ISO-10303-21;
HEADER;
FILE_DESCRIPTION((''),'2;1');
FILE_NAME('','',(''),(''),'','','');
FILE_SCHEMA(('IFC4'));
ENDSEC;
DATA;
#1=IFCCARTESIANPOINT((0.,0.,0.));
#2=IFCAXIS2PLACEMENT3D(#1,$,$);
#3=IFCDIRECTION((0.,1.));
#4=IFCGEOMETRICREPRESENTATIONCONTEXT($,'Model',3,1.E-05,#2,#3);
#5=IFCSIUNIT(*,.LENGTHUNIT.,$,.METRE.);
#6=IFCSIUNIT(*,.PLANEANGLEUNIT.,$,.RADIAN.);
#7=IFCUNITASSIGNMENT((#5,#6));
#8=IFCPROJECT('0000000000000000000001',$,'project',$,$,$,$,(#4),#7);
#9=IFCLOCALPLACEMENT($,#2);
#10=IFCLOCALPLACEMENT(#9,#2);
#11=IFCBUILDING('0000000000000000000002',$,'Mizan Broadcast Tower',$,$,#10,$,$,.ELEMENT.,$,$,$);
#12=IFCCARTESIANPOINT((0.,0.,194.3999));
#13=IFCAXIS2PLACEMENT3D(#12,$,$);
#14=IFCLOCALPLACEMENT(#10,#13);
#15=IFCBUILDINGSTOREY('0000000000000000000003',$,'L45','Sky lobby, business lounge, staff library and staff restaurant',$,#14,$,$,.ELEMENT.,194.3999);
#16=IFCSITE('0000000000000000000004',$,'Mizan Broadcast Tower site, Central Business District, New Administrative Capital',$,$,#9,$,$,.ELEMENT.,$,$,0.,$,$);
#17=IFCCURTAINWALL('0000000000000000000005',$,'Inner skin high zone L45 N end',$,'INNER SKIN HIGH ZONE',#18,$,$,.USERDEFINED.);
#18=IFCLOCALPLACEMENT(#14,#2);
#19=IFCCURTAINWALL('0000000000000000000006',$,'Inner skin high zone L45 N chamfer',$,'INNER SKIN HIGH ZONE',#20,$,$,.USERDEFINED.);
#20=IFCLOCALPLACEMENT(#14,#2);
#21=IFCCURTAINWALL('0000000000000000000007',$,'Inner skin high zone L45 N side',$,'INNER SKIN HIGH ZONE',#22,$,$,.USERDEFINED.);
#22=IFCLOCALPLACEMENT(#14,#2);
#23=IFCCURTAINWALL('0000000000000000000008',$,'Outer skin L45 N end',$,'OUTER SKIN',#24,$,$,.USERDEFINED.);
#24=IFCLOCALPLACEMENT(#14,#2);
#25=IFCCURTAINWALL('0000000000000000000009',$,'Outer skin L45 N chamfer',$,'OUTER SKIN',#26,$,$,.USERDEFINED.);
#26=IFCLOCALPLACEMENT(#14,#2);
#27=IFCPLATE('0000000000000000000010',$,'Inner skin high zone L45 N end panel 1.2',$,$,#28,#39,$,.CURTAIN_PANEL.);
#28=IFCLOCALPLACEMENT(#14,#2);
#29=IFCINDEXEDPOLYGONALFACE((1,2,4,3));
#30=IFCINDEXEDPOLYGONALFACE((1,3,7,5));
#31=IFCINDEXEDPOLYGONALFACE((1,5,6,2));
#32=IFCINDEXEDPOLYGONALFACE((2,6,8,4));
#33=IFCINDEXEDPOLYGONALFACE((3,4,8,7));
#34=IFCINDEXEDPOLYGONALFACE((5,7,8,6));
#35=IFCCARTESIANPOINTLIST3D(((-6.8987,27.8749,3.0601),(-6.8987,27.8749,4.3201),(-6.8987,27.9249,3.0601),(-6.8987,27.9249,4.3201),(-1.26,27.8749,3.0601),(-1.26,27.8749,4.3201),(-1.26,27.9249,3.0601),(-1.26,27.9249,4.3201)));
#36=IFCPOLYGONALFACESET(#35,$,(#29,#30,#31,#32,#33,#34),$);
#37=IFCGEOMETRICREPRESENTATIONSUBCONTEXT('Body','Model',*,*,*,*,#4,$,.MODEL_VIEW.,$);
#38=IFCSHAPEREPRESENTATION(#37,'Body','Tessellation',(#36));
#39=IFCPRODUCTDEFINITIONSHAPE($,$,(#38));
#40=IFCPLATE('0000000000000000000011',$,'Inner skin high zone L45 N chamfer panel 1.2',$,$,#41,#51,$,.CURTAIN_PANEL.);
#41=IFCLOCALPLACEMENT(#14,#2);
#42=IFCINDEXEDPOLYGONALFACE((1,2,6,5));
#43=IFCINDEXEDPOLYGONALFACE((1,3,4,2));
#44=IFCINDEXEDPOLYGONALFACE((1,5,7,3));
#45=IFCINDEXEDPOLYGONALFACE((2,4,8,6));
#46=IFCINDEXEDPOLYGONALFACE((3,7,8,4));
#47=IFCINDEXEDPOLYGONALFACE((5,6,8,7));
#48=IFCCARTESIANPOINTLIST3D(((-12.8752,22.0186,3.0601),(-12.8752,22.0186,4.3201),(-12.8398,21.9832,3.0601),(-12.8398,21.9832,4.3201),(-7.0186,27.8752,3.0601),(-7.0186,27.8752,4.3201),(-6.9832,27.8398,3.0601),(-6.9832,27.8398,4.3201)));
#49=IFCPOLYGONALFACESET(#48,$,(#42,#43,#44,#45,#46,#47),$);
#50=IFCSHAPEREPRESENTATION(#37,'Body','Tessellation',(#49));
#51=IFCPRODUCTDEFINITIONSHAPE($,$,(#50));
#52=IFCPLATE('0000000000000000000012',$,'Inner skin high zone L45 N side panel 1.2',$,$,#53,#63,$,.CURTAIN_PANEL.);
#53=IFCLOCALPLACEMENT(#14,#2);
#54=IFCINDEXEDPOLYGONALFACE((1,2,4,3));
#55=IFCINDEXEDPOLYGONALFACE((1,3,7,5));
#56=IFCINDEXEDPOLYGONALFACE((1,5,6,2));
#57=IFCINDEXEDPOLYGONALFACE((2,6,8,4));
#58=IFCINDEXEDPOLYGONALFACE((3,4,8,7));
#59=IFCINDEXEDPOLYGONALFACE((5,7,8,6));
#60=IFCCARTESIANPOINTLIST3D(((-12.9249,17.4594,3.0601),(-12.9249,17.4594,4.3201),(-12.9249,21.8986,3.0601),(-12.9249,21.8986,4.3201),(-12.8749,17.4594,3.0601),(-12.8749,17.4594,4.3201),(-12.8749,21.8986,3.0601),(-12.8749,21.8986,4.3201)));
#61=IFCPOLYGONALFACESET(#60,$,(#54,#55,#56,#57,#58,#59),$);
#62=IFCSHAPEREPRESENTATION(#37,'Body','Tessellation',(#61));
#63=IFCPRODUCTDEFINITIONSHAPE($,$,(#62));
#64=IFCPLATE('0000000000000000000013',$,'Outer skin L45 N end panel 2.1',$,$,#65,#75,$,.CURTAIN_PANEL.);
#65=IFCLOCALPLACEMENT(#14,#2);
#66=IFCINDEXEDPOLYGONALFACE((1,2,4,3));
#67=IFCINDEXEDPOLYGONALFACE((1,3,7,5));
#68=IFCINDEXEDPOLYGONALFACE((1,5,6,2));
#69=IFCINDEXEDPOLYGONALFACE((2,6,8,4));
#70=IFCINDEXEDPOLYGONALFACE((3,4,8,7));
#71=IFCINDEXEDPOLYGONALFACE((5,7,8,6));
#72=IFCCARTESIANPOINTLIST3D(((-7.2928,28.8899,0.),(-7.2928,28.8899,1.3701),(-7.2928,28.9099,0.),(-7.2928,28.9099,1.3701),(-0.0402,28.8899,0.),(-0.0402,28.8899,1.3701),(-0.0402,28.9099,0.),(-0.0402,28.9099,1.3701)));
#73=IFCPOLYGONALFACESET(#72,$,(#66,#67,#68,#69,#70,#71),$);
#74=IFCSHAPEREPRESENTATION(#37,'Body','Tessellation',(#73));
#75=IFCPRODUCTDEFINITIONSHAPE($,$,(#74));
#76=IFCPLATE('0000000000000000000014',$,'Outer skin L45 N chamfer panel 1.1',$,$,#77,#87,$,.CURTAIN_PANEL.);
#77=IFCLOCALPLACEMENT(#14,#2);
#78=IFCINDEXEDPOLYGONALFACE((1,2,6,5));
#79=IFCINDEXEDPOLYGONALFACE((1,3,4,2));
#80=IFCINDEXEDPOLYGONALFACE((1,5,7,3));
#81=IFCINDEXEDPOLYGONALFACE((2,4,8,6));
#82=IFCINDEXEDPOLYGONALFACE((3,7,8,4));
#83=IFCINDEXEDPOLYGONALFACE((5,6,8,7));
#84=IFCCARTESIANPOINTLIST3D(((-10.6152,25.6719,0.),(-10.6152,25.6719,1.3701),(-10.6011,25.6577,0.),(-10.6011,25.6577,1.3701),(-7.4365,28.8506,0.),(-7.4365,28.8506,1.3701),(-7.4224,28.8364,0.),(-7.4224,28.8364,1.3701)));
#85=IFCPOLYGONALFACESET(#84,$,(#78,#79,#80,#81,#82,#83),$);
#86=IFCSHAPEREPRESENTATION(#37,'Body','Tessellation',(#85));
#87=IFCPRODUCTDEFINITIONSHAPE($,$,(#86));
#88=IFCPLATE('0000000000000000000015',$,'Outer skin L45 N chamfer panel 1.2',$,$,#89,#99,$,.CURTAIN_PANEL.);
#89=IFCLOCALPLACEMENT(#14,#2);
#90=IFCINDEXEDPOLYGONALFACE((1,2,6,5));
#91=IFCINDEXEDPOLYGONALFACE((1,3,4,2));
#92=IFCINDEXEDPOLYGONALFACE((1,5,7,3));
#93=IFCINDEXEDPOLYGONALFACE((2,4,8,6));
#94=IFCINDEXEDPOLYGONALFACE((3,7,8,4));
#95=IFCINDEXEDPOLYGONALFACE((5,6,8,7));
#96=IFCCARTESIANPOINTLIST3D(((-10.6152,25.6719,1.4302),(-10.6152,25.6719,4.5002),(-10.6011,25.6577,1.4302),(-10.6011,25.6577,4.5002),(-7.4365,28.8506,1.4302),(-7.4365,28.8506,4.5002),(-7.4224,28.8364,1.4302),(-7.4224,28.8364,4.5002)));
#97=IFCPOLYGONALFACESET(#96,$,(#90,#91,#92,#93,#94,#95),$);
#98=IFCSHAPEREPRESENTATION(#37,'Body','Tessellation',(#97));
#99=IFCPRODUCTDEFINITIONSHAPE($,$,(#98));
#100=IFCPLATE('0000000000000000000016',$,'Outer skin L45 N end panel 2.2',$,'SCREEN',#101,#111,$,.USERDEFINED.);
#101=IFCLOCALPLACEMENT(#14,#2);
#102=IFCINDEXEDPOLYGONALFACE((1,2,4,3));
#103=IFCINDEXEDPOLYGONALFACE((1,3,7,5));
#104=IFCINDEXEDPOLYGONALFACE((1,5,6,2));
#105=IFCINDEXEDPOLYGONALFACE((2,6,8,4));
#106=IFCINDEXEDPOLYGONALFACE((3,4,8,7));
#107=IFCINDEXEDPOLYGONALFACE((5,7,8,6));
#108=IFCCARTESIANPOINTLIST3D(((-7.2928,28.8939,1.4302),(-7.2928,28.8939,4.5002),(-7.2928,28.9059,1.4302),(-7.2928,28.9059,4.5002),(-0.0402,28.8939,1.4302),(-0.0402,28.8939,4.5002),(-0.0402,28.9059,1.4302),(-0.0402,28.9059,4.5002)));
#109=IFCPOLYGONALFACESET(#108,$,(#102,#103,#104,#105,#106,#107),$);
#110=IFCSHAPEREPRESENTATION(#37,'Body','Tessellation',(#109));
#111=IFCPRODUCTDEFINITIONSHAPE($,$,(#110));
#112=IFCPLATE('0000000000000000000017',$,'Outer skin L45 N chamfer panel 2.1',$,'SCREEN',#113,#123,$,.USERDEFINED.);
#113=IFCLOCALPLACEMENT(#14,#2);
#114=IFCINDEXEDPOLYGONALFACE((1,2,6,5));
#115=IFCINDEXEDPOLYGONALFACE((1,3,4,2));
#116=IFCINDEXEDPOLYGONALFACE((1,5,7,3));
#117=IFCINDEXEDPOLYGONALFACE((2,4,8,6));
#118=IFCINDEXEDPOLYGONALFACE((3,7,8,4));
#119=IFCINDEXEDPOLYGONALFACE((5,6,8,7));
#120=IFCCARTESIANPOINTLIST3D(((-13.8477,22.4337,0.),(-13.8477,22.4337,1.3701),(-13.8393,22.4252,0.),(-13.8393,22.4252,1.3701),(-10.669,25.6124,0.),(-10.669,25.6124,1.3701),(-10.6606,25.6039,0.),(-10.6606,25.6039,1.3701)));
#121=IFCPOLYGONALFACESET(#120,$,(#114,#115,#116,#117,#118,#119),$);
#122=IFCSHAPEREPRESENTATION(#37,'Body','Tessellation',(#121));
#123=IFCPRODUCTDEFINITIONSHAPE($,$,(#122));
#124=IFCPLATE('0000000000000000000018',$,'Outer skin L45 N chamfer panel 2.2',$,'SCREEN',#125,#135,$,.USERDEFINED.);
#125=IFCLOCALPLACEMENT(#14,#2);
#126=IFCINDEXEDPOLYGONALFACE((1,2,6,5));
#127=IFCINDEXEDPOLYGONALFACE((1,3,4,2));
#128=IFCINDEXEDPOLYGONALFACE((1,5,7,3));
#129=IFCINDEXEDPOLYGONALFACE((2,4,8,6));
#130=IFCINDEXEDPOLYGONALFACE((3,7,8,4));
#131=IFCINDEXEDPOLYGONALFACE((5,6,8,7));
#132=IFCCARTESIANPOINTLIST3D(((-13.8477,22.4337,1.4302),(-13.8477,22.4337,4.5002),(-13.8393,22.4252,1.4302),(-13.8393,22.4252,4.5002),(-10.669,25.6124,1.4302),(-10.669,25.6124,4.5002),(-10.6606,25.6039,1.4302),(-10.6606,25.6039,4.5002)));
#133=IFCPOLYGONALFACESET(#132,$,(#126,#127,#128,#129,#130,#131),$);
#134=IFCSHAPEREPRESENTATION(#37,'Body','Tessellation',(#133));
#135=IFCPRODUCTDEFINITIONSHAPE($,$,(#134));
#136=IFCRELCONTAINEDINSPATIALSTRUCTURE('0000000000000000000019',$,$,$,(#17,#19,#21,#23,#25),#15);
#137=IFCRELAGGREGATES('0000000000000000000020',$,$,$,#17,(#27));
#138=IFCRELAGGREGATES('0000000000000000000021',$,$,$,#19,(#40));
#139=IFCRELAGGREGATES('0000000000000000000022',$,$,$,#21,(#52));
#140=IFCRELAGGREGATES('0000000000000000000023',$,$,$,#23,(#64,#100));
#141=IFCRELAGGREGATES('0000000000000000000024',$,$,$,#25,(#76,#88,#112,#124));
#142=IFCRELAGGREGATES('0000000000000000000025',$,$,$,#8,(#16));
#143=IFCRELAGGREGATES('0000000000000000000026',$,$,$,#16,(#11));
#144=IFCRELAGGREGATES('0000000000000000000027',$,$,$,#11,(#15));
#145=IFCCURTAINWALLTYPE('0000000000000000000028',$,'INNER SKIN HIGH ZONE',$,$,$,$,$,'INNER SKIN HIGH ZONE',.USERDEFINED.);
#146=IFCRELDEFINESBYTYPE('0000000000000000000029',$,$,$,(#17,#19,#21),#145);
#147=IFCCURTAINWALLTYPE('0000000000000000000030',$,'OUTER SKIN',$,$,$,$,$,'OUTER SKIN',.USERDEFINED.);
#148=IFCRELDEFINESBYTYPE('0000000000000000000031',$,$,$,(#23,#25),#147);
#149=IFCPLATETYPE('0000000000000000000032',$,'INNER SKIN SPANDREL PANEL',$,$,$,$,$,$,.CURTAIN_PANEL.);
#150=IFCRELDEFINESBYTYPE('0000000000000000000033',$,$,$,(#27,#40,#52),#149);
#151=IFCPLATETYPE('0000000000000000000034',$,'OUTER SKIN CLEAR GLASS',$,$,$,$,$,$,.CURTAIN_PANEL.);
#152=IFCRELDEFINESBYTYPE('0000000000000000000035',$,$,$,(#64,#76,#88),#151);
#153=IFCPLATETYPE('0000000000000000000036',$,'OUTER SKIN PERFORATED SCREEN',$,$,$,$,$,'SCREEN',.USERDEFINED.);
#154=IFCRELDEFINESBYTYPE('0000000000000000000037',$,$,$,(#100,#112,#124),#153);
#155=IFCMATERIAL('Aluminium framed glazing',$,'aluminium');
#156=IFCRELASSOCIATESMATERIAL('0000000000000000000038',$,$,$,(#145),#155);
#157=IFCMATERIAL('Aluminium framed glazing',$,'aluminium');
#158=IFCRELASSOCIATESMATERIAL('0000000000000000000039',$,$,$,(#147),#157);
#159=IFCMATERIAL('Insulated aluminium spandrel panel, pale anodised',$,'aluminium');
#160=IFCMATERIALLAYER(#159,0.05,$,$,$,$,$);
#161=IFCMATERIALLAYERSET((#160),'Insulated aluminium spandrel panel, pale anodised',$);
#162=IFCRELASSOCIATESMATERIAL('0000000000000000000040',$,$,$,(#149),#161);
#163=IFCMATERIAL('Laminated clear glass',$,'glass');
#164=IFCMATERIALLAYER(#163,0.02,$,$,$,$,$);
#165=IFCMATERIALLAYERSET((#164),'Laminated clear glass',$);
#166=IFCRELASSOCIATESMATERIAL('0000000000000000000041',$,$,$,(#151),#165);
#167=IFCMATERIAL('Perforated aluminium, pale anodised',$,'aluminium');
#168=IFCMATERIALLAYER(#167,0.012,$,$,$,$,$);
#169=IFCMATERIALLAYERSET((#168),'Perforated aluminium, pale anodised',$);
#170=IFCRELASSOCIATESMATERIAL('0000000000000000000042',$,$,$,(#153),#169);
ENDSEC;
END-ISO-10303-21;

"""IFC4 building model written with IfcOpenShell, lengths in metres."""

from ifc_helpers import new_model, si_unit, direction, frame, origin, origin_2d, place, context, subcontext, project, spatial, rectangle, extrude, material, layer, layer_set, type_object, element, aggregate, save


model = new_model("IFC4")

# Units and contexts
model_context = context("Model", 3, precision=1e-05, world=origin(), true_north=direction((0.0, 1.0)))
body_context = subcontext(model_context, "Body", "Model", "MODEL_VIEW")
ifc_project = project(units=[si_unit("LENGTHUNIT", "METRE"), si_unit("PLANEANGLEUNIT", "RADIAN")], contexts=[model_context])

# Site, building, storey
site_placement = place(None, origin())
site = spatial("IfcSite", under=ifc_project, at=site_placement, Name="Mizan Broadcast Tower site, Central Business District, New Administrative Capital", CompositionType="ELEMENT", RefElevation=0.0)
building_placement = place(site_placement, origin())
building = spatial("IfcBuilding", under=site, at=building_placement, Name="Mizan Broadcast Tower", CompositionType="ELEMENT")
storey_placement = place(building_placement, frame((0.0, 0.0, 194.3999)))
storey = spatial("IfcBuildingStorey", under=building, at=storey_placement, Name="L45", Description="Sky lobby, business lounge, staff library and staff restaurant", CompositionType="ELEMENT", Elevation=194.3999)

# Curtain wall
ifc_material_1 = material(Name="Aluminium framed glazing", Category="aluminium")
curtain_wall_type_1 = type_object("IfcCurtainWallType", Name="INNER SKIN HIGH ZONE", ElementType="INNER SKIN HIGH ZONE", PredefinedType="USERDEFINED", material=ifc_material_1)
curtain_wall_1_placement = place(storey_placement, origin())
curtain_wall_1 = element("IfcCurtainWall", 1, at=curtain_wall_1_placement, inside=storey, type_object=curtain_wall_type_1, Name="Inner skin high zone L45 N end", ObjectType="INNER SKIN HIGH ZONE", PredefinedType="USERDEFINED")

# Curtain walls
curtain_wall_2_placement = place(storey_placement, origin())
curtain_wall_2 = element("IfcCurtainWall", 2, at=curtain_wall_2_placement, inside=storey, type_object=curtain_wall_type_1, Name="Inner skin high zone L45 N chamfer", ObjectType="INNER SKIN HIGH ZONE", PredefinedType="USERDEFINED")
curtain_wall_3_placement = place(storey_placement, origin())
curtain_wall_3 = element("IfcCurtainWall", 3, at=curtain_wall_3_placement, inside=storey, type_object=curtain_wall_type_1, Name="Inner skin high zone L45 N side", ObjectType="INNER SKIN HIGH ZONE", PredefinedType="USERDEFINED")

# Curtain walls
ifc_material_2 = material(Name="Aluminium framed glazing", Category="aluminium")
curtain_wall_type_2 = type_object("IfcCurtainWallType", Name="OUTER SKIN", ElementType="OUTER SKIN", PredefinedType="USERDEFINED", material=ifc_material_2)
curtain_wall_4_placement = place(storey_placement, origin())
curtain_wall_4 = element("IfcCurtainWall", 4, at=curtain_wall_4_placement, inside=storey, type_object=curtain_wall_type_2, Name="Outer skin L45 N end", ObjectType="OUTER SKIN", PredefinedType="USERDEFINED")
curtain_wall_5_placement = place(storey_placement, origin())
curtain_wall_5 = element("IfcCurtainWall", 5, at=curtain_wall_5_placement, inside=storey, type_object=curtain_wall_type_2, Name="Outer skin L45 N chamfer", ObjectType="OUTER SKIN", PredefinedType="USERDEFINED")

# Plates
ifc_material_3 = material(Name="Insulated aluminium spandrel panel, pale anodised", Category="aluminium")
ifc_layer_1 = layer(ifc_material_3, 0.05)
ifc_layer_set_1 = layer_set([ifc_layer_1], Name="Insulated aluminium spandrel panel, pale anodised")
plate_type_1 = type_object("IfcPlateType", Name="INNER SKIN SPANDREL PANEL", PredefinedType="CURTAIN_PANEL", material=ifc_layer_set_1)
plate_1_placement = place(storey_placement, frame((-4.0793, 27.8999, 3.0601), z_axis=(0.0, 0.0, 1.0), x_axis=(-1.0, 0.0, 0.0)))
plate_1 = element("IfcPlate", 6, at=plate_1_placement, type_object=plate_type_1, Name="Inner skin high zone L45 N end panel 1.2", PredefinedType="CURTAIN_PANEL", context=body_context, shape_type="SweptSolid", body=[
    extrude(rectangle(XDim=5.6387, YDim=0.05, at=origin_2d()), origin(), (0.0, 0.0, 1.0), 1.26),
])
aggregate(curtain_wall_1, [plate_1])
plate_2_placement = place(storey_placement, frame((-9.9292, 24.9292, 3.0601), z_axis=(0.0, 0.0, 1.0), x_axis=(-0.707107, -0.707107, 0.0)))
plate_2 = element("IfcPlate", 7, at=plate_2_placement, type_object=plate_type_1, Name="Inner skin high zone L45 N chamfer panel 1.2", PredefinedType="CURTAIN_PANEL", context=body_context, shape_type="SweptSolid", body=[
    extrude(rectangle(XDim=8.2825, YDim=0.05, at=origin_2d()), origin(), (0.0, 0.0, 1.0), 1.26),
])
aggregate(curtain_wall_2, [plate_2])
plate_3_placement = place(storey_placement, frame((-12.8999, 19.679, 3.0601), z_axis=(0.0, 0.0, 1.0), x_axis=(0.0, -1.0, 0.0)))
plate_3 = element("IfcPlate", 8, at=plate_3_placement, type_object=plate_type_1, Name="Inner skin high zone L45 N side panel 1.2", PredefinedType="CURTAIN_PANEL", context=body_context, shape_type="SweptSolid", body=[
    extrude(rectangle(XDim=4.4392, YDim=0.05, at=origin_2d()), origin(), (0.0, 0.0, 1.0), 1.26),
])
aggregate(curtain_wall_3, [plate_3])
ifc_material_4 = material(Name="Laminated clear glass", Category="glass")
ifc_layer_2 = layer(ifc_material_4, 0.02)
ifc_layer_set_2 = layer_set([ifc_layer_2], Name="Laminated clear glass")
plate_type_2 = type_object("IfcPlateType", Name="OUTER SKIN CLEAR GLASS", PredefinedType="CURTAIN_PANEL", material=ifc_layer_set_2)
plate_4_placement = place(storey_placement, frame((-3.6665, 28.8999, 0.0), z_axis=(0.0, 0.0, 1.0), x_axis=(-1.0, 0.0, 0.0)))
plate_4 = element("IfcPlate", 9, at=plate_4_placement, type_object=plate_type_2, Name="Outer skin L45 N end panel 2.1", PredefinedType="CURTAIN_PANEL", context=body_context, shape_type="SweptSolid", body=[
    extrude(rectangle(XDim=7.2527, YDim=0.02, at=origin_2d()), origin(), (0.0, 0.0, 1.0), 1.3701),
])
plate_5_placement = place(storey_placement, frame((-9.0188, 27.2542, 0.0), z_axis=(0.0, 0.0, 1.0), x_axis=(-0.707107, -0.707107, 0.0)))
plate_5 = element("IfcPlate", 10, at=plate_5_placement, type_object=plate_type_2, Name="Outer skin L45 N chamfer panel 1.1", PredefinedType="CURTAIN_PANEL", context=body_context, shape_type="SweptSolid", body=[
    extrude(rectangle(XDim=4.4954, YDim=0.02, at=origin_2d()), origin(), (0.0, 0.0, 1.0), 1.3701),
])
plate_6_placement = place(storey_placement, frame((-9.0188, 27.2542, 1.4302), z_axis=(0.0, 0.0, 1.0), x_axis=(-0.707107, -0.707107, 0.0)))
plate_6 = element("IfcPlate", 11, at=plate_6_placement, type_object=plate_type_2, Name="Outer skin L45 N chamfer panel 1.2", PredefinedType="CURTAIN_PANEL", context=body_context, shape_type="SweptSolid", body=[
    extrude(rectangle(XDim=4.4954, YDim=0.02, at=origin_2d()), origin(), (0.0, 0.0, 1.0), 3.0701),
])
ifc_material_5 = material(Name="Perforated aluminium, pale anodised", Category="aluminium")
ifc_layer_3 = layer(ifc_material_5, 0.012)
ifc_layer_set_3 = layer_set([ifc_layer_3], Name="Perforated aluminium, pale anodised")
plate_type_3 = type_object("IfcPlateType", Name="OUTER SKIN PERFORATED SCREEN", ElementType="SCREEN", PredefinedType="USERDEFINED", material=ifc_layer_set_3)
plate_7_placement = place(storey_placement, frame((-3.6665, 28.8999, 1.4302), z_axis=(0.0, 0.0, 1.0), x_axis=(-1.0, 0.0, 0.0)))
plate_7 = element("IfcPlate", 12, at=plate_7_placement, type_object=plate_type_3, Name="Outer skin L45 N end panel 2.2", ObjectType="SCREEN", PredefinedType="USERDEFINED", context=body_context, shape_type="SweptSolid", body=[
    extrude(rectangle(XDim=7.2527, YDim=0.012, at=origin_2d()), origin(), (0.0, 0.0, 1.0), 3.0701),
])
aggregate(curtain_wall_4, [plate_4, plate_7])
plate_8_placement = place(storey_placement, frame((-12.2542, 24.0188, 0.0), z_axis=(0.0, 0.0, 1.0), x_axis=(-0.707107, -0.707107, 0.0)))
plate_8 = element("IfcPlate", 13, at=plate_8_placement, type_object=plate_type_3, Name="Outer skin L45 N chamfer panel 2.1", ObjectType="SCREEN", PredefinedType="USERDEFINED", context=body_context, shape_type="SweptSolid", body=[
    extrude(rectangle(XDim=4.4954, YDim=0.012, at=origin_2d()), origin(), (0.0, 0.0, 1.0), 1.3701),
])
plate_9_placement = place(storey_placement, frame((-12.2542, 24.0188, 1.4302), z_axis=(0.0, 0.0, 1.0), x_axis=(-0.707107, -0.707107, 0.0)))
plate_9 = element("IfcPlate", 14, at=plate_9_placement, type_object=plate_type_3, Name="Outer skin L45 N chamfer panel 2.2", ObjectType="SCREEN", PredefinedType="USERDEFINED", context=body_context, shape_type="SweptSolid", body=[
    extrude(rectangle(XDim=4.4954, YDim=0.012, at=origin_2d()), origin(), (0.0, 0.0, 1.0), 3.0701),
])
aggregate(curtain_wall_5, [plate_5, plate_6, plate_8, plate_9])

save(model, "model.ifc")
